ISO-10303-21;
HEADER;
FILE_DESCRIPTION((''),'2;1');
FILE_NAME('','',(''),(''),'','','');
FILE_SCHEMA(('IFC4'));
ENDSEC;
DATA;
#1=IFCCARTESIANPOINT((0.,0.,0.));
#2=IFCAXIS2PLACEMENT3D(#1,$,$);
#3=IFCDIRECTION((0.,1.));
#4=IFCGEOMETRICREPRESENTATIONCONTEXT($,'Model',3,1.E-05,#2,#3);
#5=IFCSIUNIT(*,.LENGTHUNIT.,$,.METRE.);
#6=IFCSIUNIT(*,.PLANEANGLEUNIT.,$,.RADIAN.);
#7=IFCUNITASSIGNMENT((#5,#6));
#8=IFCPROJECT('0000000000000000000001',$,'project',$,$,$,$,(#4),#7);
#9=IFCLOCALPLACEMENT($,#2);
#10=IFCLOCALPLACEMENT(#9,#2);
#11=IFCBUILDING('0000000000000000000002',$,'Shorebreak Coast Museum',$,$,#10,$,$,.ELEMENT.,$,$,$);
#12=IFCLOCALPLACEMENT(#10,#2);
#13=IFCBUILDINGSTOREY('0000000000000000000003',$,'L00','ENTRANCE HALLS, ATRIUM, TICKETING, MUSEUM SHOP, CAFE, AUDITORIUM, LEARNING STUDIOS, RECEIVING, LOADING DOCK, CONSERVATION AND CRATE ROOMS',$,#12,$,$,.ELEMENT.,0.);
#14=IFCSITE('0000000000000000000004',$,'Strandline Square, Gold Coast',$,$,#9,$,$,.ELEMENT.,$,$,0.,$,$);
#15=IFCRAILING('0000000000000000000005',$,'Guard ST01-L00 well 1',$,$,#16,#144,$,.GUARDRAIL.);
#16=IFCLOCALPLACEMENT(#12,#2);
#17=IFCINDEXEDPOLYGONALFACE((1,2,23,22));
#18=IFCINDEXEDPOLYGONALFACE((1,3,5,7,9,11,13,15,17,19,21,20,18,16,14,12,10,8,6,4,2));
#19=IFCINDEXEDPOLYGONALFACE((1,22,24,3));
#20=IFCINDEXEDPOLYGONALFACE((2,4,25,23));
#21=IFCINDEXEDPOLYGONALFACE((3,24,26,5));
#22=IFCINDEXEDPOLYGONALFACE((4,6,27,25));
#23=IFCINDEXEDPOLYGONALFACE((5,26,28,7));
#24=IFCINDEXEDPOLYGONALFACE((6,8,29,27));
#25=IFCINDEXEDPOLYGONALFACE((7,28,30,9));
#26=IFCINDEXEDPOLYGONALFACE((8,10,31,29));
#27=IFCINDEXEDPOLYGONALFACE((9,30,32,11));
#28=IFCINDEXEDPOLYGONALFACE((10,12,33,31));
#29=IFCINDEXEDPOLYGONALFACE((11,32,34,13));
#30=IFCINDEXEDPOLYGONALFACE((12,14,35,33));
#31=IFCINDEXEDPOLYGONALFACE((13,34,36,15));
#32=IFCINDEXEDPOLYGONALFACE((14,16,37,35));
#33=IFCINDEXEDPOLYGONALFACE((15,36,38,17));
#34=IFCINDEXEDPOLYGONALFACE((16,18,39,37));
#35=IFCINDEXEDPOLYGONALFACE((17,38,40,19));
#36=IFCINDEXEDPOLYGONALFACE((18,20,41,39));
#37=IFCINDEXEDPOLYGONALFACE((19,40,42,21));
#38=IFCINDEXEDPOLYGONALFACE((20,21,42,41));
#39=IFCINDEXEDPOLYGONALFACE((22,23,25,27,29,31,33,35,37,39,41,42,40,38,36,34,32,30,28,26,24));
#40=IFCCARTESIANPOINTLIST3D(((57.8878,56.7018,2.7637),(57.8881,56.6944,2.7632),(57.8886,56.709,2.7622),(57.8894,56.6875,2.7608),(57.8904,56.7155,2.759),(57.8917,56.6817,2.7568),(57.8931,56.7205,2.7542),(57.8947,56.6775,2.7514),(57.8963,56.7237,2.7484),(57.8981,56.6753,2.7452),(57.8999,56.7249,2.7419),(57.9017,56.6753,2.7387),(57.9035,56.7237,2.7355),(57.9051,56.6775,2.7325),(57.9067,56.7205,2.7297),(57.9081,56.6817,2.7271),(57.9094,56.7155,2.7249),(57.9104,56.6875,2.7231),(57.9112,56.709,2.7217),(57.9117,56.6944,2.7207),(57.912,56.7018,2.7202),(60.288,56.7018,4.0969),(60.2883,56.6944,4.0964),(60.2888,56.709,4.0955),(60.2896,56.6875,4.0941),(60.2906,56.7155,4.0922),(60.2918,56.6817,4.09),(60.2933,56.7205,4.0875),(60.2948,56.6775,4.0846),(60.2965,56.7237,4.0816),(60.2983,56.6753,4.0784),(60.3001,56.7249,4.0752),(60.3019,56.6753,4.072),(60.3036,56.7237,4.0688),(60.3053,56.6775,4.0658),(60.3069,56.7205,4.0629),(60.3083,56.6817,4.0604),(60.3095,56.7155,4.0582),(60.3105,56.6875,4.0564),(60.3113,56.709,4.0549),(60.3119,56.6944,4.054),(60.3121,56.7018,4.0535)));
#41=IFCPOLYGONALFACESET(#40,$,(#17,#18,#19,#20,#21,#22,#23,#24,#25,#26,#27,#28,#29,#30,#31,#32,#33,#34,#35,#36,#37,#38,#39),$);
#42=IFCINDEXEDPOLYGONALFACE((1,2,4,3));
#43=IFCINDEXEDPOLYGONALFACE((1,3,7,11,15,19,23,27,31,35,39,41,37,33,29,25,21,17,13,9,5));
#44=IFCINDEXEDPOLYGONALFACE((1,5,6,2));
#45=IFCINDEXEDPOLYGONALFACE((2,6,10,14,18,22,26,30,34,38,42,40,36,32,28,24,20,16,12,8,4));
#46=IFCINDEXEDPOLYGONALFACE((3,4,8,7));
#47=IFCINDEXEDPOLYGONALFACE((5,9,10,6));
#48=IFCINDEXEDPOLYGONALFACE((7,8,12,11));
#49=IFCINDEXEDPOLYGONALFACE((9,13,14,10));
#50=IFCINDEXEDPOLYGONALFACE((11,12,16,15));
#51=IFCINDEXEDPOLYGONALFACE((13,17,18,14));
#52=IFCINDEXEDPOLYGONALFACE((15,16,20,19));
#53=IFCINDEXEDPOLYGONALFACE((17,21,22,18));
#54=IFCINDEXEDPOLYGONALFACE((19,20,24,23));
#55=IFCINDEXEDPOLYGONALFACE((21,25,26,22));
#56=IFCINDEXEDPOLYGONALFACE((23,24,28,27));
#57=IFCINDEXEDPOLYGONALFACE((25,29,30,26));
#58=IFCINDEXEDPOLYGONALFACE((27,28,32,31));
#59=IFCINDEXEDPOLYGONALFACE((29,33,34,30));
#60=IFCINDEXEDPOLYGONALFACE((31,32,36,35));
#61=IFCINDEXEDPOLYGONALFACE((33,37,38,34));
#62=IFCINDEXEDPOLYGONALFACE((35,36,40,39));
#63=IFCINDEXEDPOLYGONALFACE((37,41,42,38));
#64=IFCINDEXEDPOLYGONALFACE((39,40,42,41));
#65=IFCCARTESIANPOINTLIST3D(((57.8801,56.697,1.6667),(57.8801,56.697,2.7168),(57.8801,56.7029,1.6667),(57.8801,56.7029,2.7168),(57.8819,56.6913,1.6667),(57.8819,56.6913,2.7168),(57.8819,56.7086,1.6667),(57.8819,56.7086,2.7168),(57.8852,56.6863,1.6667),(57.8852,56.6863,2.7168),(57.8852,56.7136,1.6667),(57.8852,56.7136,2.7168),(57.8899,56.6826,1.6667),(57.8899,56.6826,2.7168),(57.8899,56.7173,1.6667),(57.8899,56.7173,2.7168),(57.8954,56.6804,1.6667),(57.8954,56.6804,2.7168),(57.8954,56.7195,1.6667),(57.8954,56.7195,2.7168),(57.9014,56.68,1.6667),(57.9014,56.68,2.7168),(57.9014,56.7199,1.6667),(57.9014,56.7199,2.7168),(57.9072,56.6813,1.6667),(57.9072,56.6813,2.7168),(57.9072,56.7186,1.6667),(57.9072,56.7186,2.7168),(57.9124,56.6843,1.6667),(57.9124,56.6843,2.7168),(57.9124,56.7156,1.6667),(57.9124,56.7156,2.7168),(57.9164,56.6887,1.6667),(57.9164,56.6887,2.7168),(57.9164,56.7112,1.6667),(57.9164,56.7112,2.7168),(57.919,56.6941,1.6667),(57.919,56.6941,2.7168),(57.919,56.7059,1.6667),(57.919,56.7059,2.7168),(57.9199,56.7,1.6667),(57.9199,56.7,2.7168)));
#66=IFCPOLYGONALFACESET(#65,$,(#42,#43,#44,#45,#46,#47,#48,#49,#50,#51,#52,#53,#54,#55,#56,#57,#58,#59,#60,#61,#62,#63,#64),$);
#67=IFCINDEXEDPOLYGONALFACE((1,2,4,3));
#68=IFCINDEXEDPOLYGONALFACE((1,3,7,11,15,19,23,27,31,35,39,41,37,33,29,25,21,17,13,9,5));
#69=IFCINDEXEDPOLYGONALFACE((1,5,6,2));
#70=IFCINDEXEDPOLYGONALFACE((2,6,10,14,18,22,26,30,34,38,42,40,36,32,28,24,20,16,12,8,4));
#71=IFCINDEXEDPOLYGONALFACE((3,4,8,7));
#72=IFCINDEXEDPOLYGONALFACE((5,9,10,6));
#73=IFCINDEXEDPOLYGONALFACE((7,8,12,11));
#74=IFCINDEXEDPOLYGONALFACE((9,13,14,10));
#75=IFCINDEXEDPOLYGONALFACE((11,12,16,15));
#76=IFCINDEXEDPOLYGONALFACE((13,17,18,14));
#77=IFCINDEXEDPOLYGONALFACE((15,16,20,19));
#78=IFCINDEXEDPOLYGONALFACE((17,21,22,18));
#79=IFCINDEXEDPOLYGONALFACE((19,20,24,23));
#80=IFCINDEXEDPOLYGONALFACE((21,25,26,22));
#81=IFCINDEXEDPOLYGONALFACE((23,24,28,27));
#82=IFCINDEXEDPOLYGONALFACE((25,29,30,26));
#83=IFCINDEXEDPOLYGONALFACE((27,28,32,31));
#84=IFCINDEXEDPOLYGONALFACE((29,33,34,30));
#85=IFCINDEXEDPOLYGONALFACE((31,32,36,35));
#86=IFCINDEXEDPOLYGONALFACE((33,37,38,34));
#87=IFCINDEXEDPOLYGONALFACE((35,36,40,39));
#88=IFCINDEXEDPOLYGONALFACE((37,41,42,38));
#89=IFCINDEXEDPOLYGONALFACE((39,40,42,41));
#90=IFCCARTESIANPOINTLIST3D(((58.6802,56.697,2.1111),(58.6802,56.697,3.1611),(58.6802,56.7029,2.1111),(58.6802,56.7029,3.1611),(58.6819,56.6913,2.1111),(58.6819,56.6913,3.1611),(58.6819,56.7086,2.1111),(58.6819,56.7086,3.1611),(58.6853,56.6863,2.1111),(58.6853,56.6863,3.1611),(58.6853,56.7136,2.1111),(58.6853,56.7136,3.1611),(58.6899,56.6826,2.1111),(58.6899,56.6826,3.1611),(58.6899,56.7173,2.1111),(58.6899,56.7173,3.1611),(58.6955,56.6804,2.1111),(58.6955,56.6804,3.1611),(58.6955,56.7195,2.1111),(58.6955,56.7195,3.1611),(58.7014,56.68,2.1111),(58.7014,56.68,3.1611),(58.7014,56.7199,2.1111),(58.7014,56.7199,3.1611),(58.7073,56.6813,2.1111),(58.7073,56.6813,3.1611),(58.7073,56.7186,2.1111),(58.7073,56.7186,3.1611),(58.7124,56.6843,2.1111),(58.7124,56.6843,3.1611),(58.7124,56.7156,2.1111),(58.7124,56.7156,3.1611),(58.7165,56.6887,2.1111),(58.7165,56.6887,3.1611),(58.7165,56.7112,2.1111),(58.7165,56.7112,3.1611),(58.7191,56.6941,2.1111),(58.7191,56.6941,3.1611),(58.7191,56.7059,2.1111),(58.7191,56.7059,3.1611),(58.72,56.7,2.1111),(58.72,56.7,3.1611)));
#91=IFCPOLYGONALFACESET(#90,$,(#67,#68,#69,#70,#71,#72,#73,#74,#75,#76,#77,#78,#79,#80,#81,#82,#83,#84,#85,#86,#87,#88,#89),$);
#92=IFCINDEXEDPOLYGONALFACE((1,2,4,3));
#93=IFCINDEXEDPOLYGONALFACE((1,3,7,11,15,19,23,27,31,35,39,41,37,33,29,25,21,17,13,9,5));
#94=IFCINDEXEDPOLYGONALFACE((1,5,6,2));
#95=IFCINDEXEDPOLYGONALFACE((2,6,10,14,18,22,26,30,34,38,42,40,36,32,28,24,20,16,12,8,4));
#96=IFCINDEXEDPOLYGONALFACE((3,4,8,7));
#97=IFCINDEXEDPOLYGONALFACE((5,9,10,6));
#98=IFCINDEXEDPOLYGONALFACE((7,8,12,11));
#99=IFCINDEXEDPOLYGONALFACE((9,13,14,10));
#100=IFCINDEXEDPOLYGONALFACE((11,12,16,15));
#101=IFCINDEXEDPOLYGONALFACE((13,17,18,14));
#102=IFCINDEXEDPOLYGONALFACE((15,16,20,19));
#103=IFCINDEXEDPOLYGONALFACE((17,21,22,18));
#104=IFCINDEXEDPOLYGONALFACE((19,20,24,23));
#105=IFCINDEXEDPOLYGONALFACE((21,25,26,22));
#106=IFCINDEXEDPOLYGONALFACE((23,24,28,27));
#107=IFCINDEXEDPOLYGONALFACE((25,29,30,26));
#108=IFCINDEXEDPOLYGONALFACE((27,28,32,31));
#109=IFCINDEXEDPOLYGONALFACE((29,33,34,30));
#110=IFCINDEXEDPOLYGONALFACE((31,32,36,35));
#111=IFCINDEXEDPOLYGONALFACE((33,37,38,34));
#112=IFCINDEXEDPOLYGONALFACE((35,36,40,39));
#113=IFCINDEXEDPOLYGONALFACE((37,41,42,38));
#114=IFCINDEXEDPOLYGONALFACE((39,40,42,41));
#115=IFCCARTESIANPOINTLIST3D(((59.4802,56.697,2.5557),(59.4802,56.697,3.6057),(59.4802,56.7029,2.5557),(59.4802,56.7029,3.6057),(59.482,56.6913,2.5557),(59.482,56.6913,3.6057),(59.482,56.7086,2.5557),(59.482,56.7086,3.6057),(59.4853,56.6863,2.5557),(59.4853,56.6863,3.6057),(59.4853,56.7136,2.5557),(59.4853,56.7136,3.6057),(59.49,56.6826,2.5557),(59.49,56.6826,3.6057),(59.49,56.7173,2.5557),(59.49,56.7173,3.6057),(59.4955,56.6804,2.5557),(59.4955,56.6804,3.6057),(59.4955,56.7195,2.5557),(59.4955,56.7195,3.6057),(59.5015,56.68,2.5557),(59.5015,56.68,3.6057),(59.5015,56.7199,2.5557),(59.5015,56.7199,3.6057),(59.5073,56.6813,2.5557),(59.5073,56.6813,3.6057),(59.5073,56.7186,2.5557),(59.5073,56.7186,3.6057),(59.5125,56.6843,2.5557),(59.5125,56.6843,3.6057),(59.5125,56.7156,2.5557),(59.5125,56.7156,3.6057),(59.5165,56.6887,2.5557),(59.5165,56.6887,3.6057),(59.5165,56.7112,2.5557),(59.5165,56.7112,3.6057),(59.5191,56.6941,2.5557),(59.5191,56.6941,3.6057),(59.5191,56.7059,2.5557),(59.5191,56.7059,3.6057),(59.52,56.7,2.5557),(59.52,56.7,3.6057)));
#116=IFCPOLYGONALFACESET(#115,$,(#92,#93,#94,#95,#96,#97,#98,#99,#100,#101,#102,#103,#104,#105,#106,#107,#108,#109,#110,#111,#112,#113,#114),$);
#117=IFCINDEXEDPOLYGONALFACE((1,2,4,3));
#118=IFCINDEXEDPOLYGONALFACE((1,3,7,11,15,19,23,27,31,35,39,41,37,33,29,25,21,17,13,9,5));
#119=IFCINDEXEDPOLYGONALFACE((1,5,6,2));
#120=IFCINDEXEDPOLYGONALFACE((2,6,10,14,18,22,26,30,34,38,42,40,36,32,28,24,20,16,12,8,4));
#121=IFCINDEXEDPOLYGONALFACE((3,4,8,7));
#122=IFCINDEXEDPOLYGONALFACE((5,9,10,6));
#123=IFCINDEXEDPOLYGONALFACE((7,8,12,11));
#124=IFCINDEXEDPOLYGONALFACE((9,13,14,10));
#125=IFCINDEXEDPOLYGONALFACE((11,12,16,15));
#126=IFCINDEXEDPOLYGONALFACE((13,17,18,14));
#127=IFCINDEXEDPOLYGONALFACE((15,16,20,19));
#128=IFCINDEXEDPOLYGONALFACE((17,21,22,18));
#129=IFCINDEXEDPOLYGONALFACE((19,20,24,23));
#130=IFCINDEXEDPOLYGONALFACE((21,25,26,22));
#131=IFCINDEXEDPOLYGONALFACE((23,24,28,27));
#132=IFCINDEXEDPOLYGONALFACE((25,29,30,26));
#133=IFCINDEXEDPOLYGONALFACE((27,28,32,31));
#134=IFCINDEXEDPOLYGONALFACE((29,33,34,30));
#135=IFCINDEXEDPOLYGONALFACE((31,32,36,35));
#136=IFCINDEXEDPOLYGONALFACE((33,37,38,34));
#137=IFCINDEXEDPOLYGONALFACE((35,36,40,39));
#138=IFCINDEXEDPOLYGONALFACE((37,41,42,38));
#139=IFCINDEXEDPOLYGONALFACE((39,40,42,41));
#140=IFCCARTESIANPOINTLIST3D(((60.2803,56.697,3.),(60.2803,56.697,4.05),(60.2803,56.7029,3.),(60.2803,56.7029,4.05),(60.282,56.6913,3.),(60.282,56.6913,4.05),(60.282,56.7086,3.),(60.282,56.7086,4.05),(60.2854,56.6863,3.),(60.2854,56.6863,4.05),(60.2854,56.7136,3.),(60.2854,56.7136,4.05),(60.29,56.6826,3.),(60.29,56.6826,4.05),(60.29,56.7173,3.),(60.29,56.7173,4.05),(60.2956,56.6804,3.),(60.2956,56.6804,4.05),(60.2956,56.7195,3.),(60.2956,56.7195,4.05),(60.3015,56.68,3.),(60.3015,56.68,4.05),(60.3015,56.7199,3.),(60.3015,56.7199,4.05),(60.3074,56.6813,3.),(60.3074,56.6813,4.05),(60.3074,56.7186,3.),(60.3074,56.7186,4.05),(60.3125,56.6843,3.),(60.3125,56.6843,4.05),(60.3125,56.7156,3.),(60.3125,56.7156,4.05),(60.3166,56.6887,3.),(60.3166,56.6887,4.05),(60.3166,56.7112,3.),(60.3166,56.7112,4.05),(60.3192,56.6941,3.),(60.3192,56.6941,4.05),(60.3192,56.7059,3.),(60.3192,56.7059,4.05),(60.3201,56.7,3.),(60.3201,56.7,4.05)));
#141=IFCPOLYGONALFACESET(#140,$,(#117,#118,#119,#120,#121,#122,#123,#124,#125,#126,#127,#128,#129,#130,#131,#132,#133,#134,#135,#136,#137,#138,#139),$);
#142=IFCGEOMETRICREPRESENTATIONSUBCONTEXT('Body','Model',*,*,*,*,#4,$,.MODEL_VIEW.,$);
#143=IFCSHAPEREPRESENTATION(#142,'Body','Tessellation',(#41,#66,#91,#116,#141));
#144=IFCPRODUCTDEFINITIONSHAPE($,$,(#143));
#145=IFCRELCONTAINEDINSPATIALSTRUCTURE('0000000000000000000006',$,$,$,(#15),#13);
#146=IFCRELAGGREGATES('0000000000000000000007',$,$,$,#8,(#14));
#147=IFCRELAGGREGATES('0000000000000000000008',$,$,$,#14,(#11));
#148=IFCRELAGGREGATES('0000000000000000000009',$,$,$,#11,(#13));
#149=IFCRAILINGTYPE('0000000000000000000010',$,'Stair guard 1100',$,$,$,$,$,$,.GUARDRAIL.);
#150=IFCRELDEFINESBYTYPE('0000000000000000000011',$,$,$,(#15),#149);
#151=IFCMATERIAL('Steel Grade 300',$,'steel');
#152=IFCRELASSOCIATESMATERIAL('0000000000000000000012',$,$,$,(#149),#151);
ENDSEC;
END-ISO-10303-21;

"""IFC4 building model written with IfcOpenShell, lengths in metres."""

from ifc_helpers import new_model, si_unit, direction, frame, origin, origin_2d, place, context, subcontext, project, spatial, circle, extrude, material, type_object, element, save


model = new_model("IFC4")

# Units and contexts
model_context = context("Model", 3, precision=1e-05, world=origin(), true_north=direction((0.0, 1.0)))
body_context = subcontext(model_context, "Body", "Model", "MODEL_VIEW")
ifc_project = project(units=[si_unit("LENGTHUNIT", "METRE"), si_unit("PLANEANGLEUNIT", "RADIAN")], contexts=[model_context])

# Site, building, storey
site_placement = place(None, origin())
site = spatial("IfcSite", under=ifc_project, at=site_placement, Name="Strandline Square, Gold Coast", CompositionType="ELEMENT", RefElevation=0.0)
building_placement = place(site_placement, origin())
building = spatial("IfcBuilding", under=site, at=building_placement, Name="Shorebreak Coast Museum", CompositionType="ELEMENT")
storey_placement = place(building_placement, origin())
storey = spatial("IfcBuildingStorey", under=building, at=storey_placement, Name="L00", Description="ENTRANCE HALLS, ATRIUM, TICKETING, MUSEUM SHOP, CAFE, AUDITORIUM, LEARNING STUDIOS, RECEIVING, LOADING DOCK, CONSERVATION AND CRATE ROOMS", CompositionType="ELEMENT", Elevation=0.0)

# Railing
ifc_material_1 = material(Name="Steel Grade 300", Category="steel")
railing_type_1 = type_object("IfcRailingType", Name="Stair guard 1100", PredefinedType="GUARDRAIL", material=ifc_material_1)
for number, where, name in (
    (1, (57.8999, 56.7, 1.6667), "Guard ST01-L00 well 1"),
):
    element("IfcRailing", number, at=place(storey_placement, frame(where)), inside=storey, type_object=railing_type_1, Name=name, PredefinedType="GUARDRAIL", context=body_context, shape_type="SweptSolid", body=[
        extrude(circle(Radius=0.0249, at=origin_2d()), frame((0.0, 0.0, 1.0752), z_axis=(0.874182, 0.0, 0.485598), x_axis=(0.0, 1.0, 0.0)), (0.0, 0.0, 1.0), 2.7456),
        extrude(circle(Radius=0.02, at=origin_2d()), origin(), (0.0, 0.0, 1.0), 1.05),
        extrude(circle(Radius=0.02, at=origin_2d()), frame((0.8, 0.0, 0.4443)), (0.0, 0.0, 1.0), 1.05),
        extrude(circle(Radius=0.02, at=origin_2d()), frame((1.6001, 0.0, 0.8889)), (0.0, 0.0, 1.0), 1.05),
        extrude(circle(Radius=0.02, at=origin_2d()), frame((2.4001, 0.0, 1.3333)), (0.0, 0.0, 1.0), 1.05),
    ])

save(model, "model.ifc")
